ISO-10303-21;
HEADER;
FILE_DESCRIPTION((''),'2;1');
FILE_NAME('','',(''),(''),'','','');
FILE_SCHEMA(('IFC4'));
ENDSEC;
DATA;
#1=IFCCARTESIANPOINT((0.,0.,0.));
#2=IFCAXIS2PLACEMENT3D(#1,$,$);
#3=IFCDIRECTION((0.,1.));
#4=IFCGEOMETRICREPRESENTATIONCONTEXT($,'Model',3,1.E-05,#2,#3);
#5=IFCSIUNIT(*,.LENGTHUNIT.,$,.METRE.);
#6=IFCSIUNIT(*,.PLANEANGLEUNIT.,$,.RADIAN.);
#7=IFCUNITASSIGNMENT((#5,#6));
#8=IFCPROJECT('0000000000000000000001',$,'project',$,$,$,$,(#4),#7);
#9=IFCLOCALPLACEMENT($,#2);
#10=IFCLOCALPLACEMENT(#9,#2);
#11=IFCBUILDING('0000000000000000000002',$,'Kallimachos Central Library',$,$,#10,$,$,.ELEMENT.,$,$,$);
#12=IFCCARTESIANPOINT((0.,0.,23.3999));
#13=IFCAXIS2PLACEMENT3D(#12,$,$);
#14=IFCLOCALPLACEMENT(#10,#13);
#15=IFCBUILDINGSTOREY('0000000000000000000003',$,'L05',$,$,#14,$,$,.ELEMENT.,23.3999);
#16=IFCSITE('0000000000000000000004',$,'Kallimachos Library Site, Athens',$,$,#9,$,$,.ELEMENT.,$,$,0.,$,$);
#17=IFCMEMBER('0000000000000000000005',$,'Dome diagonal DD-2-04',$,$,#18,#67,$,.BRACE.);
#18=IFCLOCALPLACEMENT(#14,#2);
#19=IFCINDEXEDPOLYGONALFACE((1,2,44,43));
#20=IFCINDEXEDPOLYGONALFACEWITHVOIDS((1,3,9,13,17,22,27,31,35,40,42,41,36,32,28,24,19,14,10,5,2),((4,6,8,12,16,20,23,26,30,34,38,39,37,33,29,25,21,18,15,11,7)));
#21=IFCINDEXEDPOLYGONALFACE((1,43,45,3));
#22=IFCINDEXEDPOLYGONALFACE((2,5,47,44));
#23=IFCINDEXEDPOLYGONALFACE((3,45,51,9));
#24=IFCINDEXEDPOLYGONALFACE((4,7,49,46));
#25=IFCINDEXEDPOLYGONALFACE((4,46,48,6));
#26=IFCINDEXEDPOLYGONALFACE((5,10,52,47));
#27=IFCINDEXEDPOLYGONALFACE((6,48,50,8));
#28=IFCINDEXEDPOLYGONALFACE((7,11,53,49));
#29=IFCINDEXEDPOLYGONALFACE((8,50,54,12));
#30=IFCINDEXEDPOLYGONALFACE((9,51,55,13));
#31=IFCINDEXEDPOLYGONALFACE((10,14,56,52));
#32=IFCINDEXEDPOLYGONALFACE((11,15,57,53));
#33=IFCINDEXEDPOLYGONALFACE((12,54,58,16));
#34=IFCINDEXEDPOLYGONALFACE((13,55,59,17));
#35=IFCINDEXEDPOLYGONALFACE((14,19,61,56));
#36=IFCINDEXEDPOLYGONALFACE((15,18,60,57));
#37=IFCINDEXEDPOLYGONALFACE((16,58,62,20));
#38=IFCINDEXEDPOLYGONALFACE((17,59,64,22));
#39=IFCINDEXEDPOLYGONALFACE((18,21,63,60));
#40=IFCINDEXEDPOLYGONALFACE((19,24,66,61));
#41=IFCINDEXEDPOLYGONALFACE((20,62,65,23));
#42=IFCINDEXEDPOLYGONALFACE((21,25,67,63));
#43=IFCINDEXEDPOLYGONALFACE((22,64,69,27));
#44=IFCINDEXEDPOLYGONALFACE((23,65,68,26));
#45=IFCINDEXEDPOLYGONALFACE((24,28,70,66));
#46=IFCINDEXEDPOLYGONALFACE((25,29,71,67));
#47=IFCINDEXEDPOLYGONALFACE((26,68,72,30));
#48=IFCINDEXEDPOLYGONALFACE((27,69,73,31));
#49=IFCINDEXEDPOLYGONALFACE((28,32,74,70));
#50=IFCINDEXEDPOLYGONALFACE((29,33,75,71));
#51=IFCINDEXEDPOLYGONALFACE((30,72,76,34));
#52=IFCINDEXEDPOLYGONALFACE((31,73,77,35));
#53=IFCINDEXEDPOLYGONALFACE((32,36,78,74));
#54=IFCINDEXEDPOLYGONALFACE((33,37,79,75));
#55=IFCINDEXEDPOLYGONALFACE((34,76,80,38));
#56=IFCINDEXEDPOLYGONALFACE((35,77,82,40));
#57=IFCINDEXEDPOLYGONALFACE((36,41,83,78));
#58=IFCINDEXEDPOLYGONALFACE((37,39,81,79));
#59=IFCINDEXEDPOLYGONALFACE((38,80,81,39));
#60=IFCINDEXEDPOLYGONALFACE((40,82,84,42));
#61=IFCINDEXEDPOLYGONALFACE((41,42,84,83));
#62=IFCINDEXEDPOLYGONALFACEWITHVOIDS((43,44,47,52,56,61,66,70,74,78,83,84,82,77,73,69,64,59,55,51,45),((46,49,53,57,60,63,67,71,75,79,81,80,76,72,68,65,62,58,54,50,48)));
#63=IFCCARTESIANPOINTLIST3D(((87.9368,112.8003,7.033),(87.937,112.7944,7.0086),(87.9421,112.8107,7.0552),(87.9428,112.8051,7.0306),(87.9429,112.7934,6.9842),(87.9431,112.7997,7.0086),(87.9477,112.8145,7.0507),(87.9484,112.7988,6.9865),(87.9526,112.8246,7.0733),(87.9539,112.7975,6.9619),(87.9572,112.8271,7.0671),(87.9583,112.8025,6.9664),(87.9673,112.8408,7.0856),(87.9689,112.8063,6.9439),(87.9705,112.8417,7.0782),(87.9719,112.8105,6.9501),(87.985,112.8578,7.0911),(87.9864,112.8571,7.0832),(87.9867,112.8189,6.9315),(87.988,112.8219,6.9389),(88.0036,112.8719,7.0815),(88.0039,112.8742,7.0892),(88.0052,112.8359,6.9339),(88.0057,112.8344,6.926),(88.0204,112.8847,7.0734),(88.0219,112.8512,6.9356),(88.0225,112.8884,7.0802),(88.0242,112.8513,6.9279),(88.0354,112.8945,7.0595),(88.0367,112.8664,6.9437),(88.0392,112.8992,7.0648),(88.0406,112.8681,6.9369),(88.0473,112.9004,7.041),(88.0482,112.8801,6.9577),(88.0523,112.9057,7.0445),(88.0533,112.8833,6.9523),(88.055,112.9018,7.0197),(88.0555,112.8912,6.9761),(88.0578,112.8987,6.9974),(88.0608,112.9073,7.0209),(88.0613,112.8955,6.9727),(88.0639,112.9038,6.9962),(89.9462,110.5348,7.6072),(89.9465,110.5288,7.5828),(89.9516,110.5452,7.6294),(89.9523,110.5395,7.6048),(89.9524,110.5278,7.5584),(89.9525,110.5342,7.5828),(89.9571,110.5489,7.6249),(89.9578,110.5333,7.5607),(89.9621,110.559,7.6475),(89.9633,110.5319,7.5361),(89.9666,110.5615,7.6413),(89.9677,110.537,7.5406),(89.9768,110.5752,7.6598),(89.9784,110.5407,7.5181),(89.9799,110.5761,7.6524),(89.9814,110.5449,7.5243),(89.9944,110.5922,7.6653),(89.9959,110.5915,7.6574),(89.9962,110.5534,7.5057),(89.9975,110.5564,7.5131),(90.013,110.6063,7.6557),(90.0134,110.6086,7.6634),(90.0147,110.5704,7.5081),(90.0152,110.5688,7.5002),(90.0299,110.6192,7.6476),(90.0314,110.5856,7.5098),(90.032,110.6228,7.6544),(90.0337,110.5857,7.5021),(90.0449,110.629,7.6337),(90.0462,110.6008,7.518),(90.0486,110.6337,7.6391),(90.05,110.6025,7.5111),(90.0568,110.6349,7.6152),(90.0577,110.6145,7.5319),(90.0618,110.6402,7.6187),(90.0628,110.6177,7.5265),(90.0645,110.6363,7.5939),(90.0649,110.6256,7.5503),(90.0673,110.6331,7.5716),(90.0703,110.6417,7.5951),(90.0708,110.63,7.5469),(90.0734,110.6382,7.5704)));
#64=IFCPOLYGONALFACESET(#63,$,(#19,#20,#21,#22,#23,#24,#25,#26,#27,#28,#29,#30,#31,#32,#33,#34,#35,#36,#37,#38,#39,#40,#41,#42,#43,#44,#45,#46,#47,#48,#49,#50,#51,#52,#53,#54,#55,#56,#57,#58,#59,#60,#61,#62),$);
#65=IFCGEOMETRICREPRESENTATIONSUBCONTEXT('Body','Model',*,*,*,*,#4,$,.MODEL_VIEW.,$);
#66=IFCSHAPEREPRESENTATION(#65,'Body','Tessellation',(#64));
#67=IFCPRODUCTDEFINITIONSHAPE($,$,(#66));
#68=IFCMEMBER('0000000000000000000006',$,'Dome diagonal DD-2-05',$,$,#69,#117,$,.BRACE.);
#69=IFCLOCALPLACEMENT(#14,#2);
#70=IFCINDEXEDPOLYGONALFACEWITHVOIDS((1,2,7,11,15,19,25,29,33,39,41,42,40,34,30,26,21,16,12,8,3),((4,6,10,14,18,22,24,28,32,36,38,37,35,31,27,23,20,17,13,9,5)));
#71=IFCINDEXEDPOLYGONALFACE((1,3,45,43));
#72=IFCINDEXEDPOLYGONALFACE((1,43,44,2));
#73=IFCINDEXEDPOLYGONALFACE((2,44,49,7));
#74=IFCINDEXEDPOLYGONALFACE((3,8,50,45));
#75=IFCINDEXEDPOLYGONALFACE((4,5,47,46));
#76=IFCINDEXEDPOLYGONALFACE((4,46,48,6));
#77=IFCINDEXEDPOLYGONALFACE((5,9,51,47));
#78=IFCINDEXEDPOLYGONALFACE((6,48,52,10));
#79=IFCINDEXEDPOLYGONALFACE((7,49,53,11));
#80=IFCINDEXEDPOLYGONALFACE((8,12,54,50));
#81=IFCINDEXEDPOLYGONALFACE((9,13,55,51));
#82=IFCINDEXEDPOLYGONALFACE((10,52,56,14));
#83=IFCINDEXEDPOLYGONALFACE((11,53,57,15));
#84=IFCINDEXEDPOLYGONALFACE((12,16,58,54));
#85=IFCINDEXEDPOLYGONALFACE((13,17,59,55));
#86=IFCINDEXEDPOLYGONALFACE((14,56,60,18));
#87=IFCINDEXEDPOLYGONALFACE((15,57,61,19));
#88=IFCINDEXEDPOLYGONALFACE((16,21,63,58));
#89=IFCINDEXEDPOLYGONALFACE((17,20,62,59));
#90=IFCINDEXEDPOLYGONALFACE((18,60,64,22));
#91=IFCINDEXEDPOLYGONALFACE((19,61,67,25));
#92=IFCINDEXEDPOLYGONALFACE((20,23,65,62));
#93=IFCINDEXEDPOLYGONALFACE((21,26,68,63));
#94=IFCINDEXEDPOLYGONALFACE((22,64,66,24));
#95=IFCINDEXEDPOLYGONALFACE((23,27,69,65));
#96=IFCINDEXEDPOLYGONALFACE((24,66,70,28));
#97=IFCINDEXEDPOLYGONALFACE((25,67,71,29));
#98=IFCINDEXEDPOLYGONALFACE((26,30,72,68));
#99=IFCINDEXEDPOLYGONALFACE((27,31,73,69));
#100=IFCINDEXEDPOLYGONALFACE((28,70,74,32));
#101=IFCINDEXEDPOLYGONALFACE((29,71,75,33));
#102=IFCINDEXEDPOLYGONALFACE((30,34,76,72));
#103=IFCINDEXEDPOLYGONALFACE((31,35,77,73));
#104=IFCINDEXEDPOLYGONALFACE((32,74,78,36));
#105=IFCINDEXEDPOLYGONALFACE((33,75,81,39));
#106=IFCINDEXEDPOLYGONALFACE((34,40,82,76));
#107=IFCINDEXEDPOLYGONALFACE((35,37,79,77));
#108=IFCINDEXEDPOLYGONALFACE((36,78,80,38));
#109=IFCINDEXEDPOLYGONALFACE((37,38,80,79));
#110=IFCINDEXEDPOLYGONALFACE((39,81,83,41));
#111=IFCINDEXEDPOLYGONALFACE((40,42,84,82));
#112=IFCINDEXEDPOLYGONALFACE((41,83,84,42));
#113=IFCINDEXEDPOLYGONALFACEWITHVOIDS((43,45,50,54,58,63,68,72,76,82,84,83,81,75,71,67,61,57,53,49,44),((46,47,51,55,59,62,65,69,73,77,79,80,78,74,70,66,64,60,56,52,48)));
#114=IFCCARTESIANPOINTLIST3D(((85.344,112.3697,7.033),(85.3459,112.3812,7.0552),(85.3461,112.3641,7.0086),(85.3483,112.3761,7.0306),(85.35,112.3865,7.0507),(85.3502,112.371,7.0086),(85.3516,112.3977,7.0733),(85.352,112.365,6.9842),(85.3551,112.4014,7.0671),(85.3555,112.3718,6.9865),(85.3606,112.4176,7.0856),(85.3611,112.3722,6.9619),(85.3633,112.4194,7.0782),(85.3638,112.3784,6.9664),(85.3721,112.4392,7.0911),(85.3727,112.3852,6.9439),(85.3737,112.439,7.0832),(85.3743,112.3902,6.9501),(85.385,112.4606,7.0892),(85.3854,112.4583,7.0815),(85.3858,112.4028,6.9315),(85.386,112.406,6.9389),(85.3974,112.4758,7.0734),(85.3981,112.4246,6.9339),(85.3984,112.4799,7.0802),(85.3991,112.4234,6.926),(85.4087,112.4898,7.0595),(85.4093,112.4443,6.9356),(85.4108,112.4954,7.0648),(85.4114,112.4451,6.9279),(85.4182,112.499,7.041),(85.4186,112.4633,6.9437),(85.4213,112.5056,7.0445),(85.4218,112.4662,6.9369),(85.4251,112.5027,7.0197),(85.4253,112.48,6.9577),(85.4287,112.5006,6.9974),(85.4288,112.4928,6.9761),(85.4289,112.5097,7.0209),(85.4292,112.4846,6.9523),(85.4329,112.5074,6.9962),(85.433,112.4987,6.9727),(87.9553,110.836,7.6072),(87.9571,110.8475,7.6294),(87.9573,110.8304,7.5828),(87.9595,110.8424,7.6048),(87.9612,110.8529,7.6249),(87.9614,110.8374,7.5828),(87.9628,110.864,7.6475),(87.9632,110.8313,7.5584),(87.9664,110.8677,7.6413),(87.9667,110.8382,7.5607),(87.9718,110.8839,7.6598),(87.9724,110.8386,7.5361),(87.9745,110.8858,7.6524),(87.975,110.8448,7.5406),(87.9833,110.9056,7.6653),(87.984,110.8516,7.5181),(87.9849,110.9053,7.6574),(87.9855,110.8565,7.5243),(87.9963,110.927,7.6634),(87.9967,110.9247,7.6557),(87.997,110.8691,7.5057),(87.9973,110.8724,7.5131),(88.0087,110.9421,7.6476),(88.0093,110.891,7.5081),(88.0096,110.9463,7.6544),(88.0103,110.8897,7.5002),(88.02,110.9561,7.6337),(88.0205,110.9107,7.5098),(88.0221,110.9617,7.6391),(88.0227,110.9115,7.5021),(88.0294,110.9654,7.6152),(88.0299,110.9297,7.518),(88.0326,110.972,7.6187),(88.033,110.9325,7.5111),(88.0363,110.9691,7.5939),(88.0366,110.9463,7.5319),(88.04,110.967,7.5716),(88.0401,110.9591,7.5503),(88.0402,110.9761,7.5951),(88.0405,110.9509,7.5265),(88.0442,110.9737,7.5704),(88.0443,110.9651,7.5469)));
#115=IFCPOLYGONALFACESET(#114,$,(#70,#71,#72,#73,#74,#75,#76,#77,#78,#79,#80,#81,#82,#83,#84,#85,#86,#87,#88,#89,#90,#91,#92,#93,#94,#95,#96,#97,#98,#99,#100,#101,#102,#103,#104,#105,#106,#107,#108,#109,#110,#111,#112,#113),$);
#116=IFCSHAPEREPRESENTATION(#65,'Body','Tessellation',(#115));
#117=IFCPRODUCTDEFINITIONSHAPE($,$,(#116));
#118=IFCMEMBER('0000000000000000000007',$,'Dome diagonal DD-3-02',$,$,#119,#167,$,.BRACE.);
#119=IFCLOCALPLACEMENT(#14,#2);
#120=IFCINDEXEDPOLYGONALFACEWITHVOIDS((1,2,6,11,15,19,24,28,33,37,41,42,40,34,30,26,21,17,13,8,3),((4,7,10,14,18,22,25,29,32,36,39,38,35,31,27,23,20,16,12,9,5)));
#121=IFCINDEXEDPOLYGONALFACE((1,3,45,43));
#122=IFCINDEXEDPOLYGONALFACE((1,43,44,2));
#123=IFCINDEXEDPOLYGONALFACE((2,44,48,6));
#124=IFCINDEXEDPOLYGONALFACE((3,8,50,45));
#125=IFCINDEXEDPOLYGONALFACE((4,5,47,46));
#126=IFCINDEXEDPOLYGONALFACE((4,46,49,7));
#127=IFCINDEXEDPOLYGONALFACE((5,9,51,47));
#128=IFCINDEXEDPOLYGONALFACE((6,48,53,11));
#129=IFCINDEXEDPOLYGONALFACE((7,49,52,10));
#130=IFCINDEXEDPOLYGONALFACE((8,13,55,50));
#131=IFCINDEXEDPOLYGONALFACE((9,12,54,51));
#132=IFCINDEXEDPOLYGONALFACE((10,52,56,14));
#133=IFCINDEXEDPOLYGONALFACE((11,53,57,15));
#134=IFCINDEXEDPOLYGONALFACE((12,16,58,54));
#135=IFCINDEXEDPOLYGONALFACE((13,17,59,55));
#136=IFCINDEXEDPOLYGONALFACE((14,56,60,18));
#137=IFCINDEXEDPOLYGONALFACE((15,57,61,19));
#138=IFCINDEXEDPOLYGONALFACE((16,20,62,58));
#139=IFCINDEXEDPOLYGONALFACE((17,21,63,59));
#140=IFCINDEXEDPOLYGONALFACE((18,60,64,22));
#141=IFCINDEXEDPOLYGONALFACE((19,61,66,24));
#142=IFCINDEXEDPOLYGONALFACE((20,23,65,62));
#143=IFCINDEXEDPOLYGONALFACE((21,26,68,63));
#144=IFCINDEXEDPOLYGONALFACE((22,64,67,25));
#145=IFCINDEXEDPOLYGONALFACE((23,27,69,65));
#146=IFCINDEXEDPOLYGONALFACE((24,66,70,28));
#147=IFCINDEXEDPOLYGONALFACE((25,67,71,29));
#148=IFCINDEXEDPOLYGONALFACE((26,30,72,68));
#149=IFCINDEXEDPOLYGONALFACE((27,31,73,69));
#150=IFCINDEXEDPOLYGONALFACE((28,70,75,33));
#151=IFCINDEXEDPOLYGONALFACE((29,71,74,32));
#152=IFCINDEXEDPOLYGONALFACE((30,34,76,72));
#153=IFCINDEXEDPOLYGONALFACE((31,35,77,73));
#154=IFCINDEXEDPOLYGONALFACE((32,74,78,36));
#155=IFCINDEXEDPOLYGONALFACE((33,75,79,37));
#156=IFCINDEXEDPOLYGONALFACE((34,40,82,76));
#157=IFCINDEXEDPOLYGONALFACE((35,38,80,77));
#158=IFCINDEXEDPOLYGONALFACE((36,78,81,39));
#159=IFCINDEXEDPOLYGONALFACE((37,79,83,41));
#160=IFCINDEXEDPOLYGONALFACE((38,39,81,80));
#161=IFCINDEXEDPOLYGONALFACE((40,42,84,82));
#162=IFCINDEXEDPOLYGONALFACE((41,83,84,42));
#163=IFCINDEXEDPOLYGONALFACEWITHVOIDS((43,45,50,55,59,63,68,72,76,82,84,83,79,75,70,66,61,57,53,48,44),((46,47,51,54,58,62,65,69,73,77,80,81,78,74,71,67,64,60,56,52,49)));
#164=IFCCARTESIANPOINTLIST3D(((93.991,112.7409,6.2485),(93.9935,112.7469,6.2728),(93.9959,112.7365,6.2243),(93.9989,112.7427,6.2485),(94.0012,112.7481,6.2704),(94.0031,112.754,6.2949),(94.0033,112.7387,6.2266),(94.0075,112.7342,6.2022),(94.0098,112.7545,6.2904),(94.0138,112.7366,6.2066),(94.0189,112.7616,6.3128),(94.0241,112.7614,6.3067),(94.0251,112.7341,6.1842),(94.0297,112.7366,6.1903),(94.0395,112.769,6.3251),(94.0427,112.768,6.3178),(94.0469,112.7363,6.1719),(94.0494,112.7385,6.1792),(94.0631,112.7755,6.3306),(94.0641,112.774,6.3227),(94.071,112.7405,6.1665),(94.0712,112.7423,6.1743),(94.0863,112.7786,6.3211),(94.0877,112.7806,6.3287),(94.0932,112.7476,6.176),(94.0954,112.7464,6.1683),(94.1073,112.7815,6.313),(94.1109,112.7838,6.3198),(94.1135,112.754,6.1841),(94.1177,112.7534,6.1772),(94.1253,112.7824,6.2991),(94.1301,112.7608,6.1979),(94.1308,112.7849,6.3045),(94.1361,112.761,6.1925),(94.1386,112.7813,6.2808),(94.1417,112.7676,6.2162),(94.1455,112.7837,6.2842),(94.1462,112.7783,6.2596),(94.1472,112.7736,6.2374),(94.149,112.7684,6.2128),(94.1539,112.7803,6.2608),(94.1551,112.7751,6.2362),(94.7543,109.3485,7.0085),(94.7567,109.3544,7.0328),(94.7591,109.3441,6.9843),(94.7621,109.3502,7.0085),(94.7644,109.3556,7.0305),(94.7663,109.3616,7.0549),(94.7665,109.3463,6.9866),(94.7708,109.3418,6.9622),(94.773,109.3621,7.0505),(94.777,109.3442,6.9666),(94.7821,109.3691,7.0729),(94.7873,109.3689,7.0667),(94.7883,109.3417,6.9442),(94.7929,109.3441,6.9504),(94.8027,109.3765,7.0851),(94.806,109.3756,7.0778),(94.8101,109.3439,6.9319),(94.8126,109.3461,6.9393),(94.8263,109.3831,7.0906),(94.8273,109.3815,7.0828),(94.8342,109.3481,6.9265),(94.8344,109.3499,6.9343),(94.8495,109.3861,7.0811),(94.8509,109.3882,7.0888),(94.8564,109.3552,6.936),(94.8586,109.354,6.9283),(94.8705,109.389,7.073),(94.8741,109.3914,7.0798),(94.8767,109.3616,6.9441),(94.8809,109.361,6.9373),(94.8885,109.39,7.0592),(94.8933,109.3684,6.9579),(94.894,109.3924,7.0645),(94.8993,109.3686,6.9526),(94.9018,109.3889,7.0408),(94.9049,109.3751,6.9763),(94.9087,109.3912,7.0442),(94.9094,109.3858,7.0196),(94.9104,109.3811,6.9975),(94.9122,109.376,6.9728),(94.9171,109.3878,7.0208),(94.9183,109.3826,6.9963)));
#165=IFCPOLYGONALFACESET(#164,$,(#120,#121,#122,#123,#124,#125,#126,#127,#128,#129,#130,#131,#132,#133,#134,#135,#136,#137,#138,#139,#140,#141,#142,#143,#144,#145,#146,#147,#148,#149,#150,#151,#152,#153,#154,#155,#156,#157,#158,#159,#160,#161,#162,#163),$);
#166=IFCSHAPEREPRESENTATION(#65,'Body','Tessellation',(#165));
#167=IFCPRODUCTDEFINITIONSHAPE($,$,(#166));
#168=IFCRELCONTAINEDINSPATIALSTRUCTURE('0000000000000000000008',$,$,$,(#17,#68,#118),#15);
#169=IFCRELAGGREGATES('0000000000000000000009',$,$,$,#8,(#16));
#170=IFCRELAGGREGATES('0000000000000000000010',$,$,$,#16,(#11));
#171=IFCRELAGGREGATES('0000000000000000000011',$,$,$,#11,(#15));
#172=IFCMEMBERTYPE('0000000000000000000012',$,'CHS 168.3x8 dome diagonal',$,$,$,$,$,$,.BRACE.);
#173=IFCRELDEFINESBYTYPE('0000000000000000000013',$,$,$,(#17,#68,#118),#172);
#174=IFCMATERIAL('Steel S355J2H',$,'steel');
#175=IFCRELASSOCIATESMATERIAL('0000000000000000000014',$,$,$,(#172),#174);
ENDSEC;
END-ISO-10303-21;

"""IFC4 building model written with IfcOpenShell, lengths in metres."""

from ifc_helpers import new_model, si_unit, direction, frame, origin, origin_2d, place, context, subcontext, project, spatial, hollow_circle, extrude, material, material_profile, profile_set, type_object, element, save


model = new_model("IFC4")

# Units and contexts
model_context = context("Model", 3, precision=1e-05, world=origin(), true_north=direction((0.0, 1.0)))
body_context = subcontext(model_context, "Body", "Model", "MODEL_VIEW")
ifc_project = project(units=[si_unit("LENGTHUNIT", "METRE"), si_unit("PLANEANGLEUNIT", "RADIAN")], contexts=[model_context])

# Site, building, storey
site_placement = place(None, origin())
site = spatial("IfcSite", under=ifc_project, at=site_placement, Name="Kallimachos Library Site, Athens", CompositionType="ELEMENT", RefElevation=0.0)
building_placement = place(site_placement, origin())
building = spatial("IfcBuilding", under=site, at=building_placement, Name="Kallimachos Central Library", CompositionType="ELEMENT")
storey_placement = place(building_placement, frame((0.0, 0.0, 23.3999)))
storey = spatial("IfcBuildingStorey", under=building, at=storey_placement, Name="L05", CompositionType="ELEMENT", Elevation=23.3999)

# Members
ifc_material_1 = material(Name="Steel S355J2H", Category="steel")
ifc_material_profile_1 = material_profile(ifc_material_1, hollow_circle(Radius=0.0842, WallThickness=0.0081, at=origin_2d()), Name="CHS 168.3x8")
ifc_profile_set_1 = profile_set([ifc_material_profile_1], Name="Steel S355J2H")
member_type_1 = type_object("IfcMemberType", Name="CHS 168.3x8 dome diagonal", PredefinedType="BRACE", material=ifc_profile_set_1)
for number, where, z_axis, x_axis, name in (
    (1, (90.0095, 110.5847, 7.5828), (-0.651942, 0.735029, -0.186292), (-0.748125, -0.663558, 0.0), "Dome diagonal DD-2-04"),
    (2, (88.0, 110.9031, 7.5828), (-0.847183, 0.49757, -0.186292), (-0.506435, -0.862278, 0.0), "Dome diagonal DD-2-05"),
):
    element("IfcMember", number, at=place(storey_placement, frame(where, z_axis=z_axis, x_axis=x_axis)), inside=storey, type_object=member_type_1, Name=name, PredefinedType="BRACE", context=body_context, shape_type="SweptSolid", body=[
        extrude(hollow_circle(Radius=0.0842, WallThickness=0.0081, at=origin_2d()), origin(), (0.0, 0.0, 1.0), 3.0823),
    ])
for number, where, z_axis, x_axis, name in (
    (3, (94.8364, 109.3669, 7.0085), (-0.214425, 0.953114, -0.213533), (-0.975615, -0.219487, 0.0), "Dome diagonal DD-3-02"),
):
    element("IfcMember", number, at=place(storey_placement, frame(where, z_axis=z_axis, x_axis=x_axis)), inside=storey, type_object=member_type_1, Name=name, PredefinedType="BRACE", context=body_context, shape_type="SweptSolid", body=[
        extrude(hollow_circle(Radius=0.0842, WallThickness=0.0081, at=origin_2d()), origin(), (0.0, 0.0, 1.0), 3.5593),
    ])

save(model, "model.ifc")
